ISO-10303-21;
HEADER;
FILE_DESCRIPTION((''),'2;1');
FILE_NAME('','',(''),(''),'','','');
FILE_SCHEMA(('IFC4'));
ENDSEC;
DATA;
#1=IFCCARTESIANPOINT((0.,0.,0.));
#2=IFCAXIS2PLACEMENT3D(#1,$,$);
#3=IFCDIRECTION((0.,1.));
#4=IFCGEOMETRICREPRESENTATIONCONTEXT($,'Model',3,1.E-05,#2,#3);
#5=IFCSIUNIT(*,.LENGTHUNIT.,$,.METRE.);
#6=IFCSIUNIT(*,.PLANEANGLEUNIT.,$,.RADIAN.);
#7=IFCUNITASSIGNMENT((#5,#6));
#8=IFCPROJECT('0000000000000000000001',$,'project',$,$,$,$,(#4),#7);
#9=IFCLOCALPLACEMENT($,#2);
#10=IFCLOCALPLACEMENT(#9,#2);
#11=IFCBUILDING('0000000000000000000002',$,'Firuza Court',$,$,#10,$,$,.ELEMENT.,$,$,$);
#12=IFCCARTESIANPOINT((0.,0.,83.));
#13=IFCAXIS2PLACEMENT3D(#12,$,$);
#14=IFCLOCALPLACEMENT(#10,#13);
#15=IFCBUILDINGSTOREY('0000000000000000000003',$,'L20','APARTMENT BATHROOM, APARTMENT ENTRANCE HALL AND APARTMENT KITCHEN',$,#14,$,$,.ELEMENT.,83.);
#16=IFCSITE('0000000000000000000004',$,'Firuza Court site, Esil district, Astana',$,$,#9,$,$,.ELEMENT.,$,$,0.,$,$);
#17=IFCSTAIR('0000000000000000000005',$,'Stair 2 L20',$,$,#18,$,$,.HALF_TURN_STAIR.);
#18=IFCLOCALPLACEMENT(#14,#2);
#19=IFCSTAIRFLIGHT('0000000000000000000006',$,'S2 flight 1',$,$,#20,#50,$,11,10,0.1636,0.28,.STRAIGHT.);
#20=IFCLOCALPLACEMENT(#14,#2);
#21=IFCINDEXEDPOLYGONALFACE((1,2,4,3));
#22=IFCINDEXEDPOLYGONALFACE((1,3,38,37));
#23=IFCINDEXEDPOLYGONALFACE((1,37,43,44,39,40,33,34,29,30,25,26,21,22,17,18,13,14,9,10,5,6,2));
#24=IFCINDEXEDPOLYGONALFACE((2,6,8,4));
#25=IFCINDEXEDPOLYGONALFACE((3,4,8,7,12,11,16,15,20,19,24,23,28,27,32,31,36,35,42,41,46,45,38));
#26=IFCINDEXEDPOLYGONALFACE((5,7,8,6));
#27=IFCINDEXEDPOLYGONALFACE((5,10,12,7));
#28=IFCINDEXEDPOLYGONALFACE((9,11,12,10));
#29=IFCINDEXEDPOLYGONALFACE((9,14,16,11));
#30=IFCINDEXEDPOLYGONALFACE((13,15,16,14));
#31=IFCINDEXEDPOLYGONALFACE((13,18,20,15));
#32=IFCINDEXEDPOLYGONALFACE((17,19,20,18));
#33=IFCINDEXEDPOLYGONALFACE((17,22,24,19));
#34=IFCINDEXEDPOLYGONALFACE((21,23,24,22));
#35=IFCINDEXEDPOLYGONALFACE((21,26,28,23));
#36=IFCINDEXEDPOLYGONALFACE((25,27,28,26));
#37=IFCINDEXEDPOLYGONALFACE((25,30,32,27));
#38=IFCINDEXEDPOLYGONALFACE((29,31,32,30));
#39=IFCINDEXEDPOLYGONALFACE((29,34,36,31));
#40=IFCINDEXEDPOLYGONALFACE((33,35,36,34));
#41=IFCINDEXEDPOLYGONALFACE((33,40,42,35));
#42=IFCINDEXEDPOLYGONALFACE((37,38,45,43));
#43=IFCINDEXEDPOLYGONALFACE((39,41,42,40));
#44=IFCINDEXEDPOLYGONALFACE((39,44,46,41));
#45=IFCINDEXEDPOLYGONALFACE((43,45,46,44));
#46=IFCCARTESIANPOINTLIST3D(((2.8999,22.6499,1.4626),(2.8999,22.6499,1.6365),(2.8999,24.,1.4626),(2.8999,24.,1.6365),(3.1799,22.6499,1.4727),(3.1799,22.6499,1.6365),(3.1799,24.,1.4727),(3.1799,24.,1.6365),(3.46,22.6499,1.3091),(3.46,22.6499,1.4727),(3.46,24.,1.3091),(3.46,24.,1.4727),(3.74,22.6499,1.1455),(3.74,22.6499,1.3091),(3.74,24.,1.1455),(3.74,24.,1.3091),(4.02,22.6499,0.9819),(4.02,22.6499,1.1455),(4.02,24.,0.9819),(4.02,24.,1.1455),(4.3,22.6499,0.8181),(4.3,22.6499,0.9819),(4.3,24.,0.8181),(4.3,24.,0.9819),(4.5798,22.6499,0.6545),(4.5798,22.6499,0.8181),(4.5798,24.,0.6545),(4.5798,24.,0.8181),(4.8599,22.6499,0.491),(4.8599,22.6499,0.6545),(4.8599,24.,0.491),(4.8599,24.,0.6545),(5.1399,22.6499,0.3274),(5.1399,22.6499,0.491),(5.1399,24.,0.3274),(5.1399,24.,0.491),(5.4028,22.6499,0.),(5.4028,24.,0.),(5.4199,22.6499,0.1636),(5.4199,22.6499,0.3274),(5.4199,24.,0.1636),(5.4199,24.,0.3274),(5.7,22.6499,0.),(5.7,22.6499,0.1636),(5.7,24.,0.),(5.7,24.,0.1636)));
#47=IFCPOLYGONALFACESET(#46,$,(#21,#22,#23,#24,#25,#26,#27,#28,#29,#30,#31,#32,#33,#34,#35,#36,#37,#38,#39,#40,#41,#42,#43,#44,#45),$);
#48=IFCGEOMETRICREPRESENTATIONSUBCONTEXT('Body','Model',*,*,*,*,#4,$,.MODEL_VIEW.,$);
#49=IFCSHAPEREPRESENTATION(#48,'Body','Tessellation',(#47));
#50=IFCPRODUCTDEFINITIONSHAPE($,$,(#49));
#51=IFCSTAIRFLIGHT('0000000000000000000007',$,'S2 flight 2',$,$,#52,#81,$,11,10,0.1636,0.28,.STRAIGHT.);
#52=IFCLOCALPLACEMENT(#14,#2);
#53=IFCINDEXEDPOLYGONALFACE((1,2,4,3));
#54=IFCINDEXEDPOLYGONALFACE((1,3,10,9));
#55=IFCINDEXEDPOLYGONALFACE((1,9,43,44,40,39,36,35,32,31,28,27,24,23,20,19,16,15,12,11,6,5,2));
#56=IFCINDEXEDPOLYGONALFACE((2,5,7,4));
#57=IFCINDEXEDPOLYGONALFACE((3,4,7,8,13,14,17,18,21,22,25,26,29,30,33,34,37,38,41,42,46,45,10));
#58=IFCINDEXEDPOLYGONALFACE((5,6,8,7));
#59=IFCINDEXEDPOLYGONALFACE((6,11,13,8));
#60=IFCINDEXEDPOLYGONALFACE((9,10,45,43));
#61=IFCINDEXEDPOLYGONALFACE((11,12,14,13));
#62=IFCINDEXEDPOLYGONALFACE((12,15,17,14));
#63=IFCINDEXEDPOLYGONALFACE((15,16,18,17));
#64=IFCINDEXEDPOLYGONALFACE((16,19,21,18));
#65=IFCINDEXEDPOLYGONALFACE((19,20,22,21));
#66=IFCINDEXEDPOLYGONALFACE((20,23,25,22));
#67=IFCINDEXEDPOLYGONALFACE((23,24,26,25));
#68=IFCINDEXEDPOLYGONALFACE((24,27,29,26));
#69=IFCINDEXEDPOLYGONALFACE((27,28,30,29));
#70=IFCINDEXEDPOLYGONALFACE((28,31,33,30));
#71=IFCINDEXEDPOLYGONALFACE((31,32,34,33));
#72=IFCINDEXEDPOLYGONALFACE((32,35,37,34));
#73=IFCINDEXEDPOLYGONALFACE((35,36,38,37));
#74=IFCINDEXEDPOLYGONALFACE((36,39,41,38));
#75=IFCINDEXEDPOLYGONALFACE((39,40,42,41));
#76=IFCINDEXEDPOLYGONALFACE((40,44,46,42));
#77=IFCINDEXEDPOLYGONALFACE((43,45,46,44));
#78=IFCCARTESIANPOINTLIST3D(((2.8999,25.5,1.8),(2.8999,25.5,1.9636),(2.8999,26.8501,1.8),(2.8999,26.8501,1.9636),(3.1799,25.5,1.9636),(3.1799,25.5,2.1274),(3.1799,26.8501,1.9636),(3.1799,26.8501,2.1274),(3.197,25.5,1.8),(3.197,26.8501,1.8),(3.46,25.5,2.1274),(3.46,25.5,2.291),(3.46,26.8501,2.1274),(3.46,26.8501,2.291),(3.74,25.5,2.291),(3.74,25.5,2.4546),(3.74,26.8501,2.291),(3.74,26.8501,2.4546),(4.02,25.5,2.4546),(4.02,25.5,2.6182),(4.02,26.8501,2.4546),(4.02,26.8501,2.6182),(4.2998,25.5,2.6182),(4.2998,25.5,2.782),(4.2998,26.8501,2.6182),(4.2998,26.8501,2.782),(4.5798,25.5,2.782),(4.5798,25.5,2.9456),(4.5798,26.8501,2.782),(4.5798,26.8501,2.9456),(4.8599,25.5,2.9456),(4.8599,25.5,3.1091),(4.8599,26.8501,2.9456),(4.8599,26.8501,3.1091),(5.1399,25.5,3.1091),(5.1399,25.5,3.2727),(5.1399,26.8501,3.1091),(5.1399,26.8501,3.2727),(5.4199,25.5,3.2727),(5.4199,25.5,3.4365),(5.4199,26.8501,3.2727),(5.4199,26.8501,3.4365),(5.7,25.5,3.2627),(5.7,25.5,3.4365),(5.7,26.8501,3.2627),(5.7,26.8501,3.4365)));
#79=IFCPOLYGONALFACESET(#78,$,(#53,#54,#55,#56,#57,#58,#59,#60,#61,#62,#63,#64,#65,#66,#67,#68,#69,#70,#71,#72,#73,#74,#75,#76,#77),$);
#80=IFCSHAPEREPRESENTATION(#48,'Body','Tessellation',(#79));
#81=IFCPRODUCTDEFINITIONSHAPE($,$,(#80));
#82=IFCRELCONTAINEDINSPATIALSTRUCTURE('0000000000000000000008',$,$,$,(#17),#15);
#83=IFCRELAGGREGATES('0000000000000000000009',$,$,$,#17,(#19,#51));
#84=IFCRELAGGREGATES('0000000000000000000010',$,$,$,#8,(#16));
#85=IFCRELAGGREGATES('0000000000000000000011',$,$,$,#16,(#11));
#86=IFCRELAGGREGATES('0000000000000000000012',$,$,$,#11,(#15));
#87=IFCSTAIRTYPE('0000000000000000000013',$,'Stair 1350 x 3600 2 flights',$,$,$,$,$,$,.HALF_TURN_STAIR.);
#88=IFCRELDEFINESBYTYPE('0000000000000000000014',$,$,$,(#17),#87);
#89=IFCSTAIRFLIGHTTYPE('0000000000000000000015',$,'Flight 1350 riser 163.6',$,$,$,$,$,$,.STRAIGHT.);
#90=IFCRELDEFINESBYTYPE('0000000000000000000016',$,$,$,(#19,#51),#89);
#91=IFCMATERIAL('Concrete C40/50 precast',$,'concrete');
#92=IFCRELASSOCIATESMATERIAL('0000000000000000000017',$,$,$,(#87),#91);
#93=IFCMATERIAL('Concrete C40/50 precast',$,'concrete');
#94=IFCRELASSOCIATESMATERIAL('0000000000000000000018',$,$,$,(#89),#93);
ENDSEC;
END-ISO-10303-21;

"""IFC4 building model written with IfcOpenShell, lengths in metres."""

from ifc_helpers import new_model, si_unit, direction, frame, origin, place, context, subcontext, project, spatial, polyline, outline, extrude, material, type_object, element, aggregate, save


model = new_model("IFC4")

# Units and contexts
model_context = context("Model", 3, precision=1e-05, world=origin(), true_north=direction((0.0, 1.0)))
body_context = subcontext(model_context, "Body", "Model", "MODEL_VIEW")
ifc_project = project(units=[si_unit("LENGTHUNIT", "METRE"), si_unit("PLANEANGLEUNIT", "RADIAN")], contexts=[model_context])

# Site, building, storey
site_placement = place(None, origin())
site = spatial("IfcSite", under=ifc_project, at=site_placement, Name="Firuza Court site, Esil district, Astana", CompositionType="ELEMENT", RefElevation=0.0)
building_placement = place(site_placement, origin())
building = spatial("IfcBuilding", under=site, at=building_placement, Name="Firuza Court", CompositionType="ELEMENT")
storey_placement = place(building_placement, frame((0.0, 0.0, 83.0)))
storey = spatial("IfcBuildingStorey", under=building, at=storey_placement, Name="L20", Description="APARTMENT BATHROOM, APARTMENT ENTRANCE HALL AND APARTMENT KITCHEN", CompositionType="ELEMENT", Elevation=83.0)

# Stair, stair flights
ifc_material_1 = material(Name="Concrete C40/50 precast", Category="concrete")
stair_type = type_object("IfcStairType", Name="Stair 1350 x 3600 2 flights", PredefinedType="HALF_TURN_STAIR", material=ifc_material_1)
stair_placement = place(storey_placement, origin())
stair = element("IfcStair", 1, at=stair_placement, inside=storey, type_object=stair_type, Name="Stair 2 L20", PredefinedType="HALF_TURN_STAIR")
ifc_material_2 = material(Name="Concrete C40/50 precast", Category="concrete")
stair_flight_type = type_object("IfcStairFlightType", Name="Flight 1350 riser 163.6", PredefinedType="STRAIGHT", material=ifc_material_2)
stair_flight_1_placement = place(storey_placement, frame((5.7, 23.325, 0.0), z_axis=(0.0, 0.0, 1.0), x_axis=(-1.0, 0.0, 0.0)))
stair_flight_1 = element("IfcStairFlight", 2, at=stair_flight_1_placement, type_object=stair_flight_type, Name="S2 flight 1", NumberOfRisers=11, NumberOfTreads=10, PredefinedType="STRAIGHT", RiserHeight=0.1636, TreadLength=0.28, context=body_context, shape_type="SweptSolid", body=[
    extrude(outline(polyline([(0.0, 0.0), (0.0, 0.1636), (0.28, 0.1636), (0.28, 0.3274), (0.5601, 0.3274), (0.5601, 0.491), (0.8401, 0.491), (0.8401, 0.6545), (1.1201, 0.6545), (1.1201, 0.8181), (1.3999, 0.8181), (1.3999, 0.9819), (1.6799, 0.9819), (1.6799, 1.1455), (1.96, 1.1455), (1.96, 1.3091), (2.24, 1.3091), (2.24, 1.4727), (2.52, 1.4727), (2.52, 1.6365), (2.8, 1.6365), (2.8, 1.8), (2.8, 1.4626), (0.2971, 0.0), (0.0, 0.0)])), frame((0.0, 0.675, 0.0), z_axis=(0.0, -1.0, 0.0), x_axis=(1.0, 0.0, 0.0)), (0.0, 0.0, 1.0), 1.3501),
])
stair_flight_2_placement = place(storey_placement, frame((2.8999, 26.175, 1.8), z_axis=(0.0, 0.0, 1.0), x_axis=(1.0, 0.0, 0.0)))
stair_flight_2 = element("IfcStairFlight", 3, at=stair_flight_2_placement, type_object=stair_flight_type, Name="S2 flight 2", NumberOfRisers=11, NumberOfTreads=10, PredefinedType="STRAIGHT", RiserHeight=0.1636, TreadLength=0.28, context=body_context, shape_type="SweptSolid", body=[
    extrude(outline(polyline([(0.0, 0.0), (0.0, 0.1636), (0.28, 0.1636), (0.28, 0.3274), (0.5601, 0.3274), (0.5601, 0.491), (0.8401, 0.491), (0.8401, 0.6545), (1.1201, 0.6545), (1.1201, 0.8181), (1.3999, 0.8181), (1.3999, 0.9819), (1.6799, 0.9819), (1.6799, 1.1455), (1.96, 1.1455), (1.96, 1.3091), (2.24, 1.3091), (2.24, 1.4727), (2.52, 1.4727), (2.52, 1.6365), (2.8, 1.6365), (2.8, 1.8), (2.8, 1.4626), (0.2971, 0.0), (0.0, 0.0)])), frame((0.0, 0.675, 0.0), z_axis=(0.0, -1.0, 0.0), x_axis=(1.0, 0.0, 0.0)), (0.0, 0.0, 1.0), 1.3501),
])
aggregate(stair, [stair_flight_1, stair_flight_2])

save(model, "model.ifc")
